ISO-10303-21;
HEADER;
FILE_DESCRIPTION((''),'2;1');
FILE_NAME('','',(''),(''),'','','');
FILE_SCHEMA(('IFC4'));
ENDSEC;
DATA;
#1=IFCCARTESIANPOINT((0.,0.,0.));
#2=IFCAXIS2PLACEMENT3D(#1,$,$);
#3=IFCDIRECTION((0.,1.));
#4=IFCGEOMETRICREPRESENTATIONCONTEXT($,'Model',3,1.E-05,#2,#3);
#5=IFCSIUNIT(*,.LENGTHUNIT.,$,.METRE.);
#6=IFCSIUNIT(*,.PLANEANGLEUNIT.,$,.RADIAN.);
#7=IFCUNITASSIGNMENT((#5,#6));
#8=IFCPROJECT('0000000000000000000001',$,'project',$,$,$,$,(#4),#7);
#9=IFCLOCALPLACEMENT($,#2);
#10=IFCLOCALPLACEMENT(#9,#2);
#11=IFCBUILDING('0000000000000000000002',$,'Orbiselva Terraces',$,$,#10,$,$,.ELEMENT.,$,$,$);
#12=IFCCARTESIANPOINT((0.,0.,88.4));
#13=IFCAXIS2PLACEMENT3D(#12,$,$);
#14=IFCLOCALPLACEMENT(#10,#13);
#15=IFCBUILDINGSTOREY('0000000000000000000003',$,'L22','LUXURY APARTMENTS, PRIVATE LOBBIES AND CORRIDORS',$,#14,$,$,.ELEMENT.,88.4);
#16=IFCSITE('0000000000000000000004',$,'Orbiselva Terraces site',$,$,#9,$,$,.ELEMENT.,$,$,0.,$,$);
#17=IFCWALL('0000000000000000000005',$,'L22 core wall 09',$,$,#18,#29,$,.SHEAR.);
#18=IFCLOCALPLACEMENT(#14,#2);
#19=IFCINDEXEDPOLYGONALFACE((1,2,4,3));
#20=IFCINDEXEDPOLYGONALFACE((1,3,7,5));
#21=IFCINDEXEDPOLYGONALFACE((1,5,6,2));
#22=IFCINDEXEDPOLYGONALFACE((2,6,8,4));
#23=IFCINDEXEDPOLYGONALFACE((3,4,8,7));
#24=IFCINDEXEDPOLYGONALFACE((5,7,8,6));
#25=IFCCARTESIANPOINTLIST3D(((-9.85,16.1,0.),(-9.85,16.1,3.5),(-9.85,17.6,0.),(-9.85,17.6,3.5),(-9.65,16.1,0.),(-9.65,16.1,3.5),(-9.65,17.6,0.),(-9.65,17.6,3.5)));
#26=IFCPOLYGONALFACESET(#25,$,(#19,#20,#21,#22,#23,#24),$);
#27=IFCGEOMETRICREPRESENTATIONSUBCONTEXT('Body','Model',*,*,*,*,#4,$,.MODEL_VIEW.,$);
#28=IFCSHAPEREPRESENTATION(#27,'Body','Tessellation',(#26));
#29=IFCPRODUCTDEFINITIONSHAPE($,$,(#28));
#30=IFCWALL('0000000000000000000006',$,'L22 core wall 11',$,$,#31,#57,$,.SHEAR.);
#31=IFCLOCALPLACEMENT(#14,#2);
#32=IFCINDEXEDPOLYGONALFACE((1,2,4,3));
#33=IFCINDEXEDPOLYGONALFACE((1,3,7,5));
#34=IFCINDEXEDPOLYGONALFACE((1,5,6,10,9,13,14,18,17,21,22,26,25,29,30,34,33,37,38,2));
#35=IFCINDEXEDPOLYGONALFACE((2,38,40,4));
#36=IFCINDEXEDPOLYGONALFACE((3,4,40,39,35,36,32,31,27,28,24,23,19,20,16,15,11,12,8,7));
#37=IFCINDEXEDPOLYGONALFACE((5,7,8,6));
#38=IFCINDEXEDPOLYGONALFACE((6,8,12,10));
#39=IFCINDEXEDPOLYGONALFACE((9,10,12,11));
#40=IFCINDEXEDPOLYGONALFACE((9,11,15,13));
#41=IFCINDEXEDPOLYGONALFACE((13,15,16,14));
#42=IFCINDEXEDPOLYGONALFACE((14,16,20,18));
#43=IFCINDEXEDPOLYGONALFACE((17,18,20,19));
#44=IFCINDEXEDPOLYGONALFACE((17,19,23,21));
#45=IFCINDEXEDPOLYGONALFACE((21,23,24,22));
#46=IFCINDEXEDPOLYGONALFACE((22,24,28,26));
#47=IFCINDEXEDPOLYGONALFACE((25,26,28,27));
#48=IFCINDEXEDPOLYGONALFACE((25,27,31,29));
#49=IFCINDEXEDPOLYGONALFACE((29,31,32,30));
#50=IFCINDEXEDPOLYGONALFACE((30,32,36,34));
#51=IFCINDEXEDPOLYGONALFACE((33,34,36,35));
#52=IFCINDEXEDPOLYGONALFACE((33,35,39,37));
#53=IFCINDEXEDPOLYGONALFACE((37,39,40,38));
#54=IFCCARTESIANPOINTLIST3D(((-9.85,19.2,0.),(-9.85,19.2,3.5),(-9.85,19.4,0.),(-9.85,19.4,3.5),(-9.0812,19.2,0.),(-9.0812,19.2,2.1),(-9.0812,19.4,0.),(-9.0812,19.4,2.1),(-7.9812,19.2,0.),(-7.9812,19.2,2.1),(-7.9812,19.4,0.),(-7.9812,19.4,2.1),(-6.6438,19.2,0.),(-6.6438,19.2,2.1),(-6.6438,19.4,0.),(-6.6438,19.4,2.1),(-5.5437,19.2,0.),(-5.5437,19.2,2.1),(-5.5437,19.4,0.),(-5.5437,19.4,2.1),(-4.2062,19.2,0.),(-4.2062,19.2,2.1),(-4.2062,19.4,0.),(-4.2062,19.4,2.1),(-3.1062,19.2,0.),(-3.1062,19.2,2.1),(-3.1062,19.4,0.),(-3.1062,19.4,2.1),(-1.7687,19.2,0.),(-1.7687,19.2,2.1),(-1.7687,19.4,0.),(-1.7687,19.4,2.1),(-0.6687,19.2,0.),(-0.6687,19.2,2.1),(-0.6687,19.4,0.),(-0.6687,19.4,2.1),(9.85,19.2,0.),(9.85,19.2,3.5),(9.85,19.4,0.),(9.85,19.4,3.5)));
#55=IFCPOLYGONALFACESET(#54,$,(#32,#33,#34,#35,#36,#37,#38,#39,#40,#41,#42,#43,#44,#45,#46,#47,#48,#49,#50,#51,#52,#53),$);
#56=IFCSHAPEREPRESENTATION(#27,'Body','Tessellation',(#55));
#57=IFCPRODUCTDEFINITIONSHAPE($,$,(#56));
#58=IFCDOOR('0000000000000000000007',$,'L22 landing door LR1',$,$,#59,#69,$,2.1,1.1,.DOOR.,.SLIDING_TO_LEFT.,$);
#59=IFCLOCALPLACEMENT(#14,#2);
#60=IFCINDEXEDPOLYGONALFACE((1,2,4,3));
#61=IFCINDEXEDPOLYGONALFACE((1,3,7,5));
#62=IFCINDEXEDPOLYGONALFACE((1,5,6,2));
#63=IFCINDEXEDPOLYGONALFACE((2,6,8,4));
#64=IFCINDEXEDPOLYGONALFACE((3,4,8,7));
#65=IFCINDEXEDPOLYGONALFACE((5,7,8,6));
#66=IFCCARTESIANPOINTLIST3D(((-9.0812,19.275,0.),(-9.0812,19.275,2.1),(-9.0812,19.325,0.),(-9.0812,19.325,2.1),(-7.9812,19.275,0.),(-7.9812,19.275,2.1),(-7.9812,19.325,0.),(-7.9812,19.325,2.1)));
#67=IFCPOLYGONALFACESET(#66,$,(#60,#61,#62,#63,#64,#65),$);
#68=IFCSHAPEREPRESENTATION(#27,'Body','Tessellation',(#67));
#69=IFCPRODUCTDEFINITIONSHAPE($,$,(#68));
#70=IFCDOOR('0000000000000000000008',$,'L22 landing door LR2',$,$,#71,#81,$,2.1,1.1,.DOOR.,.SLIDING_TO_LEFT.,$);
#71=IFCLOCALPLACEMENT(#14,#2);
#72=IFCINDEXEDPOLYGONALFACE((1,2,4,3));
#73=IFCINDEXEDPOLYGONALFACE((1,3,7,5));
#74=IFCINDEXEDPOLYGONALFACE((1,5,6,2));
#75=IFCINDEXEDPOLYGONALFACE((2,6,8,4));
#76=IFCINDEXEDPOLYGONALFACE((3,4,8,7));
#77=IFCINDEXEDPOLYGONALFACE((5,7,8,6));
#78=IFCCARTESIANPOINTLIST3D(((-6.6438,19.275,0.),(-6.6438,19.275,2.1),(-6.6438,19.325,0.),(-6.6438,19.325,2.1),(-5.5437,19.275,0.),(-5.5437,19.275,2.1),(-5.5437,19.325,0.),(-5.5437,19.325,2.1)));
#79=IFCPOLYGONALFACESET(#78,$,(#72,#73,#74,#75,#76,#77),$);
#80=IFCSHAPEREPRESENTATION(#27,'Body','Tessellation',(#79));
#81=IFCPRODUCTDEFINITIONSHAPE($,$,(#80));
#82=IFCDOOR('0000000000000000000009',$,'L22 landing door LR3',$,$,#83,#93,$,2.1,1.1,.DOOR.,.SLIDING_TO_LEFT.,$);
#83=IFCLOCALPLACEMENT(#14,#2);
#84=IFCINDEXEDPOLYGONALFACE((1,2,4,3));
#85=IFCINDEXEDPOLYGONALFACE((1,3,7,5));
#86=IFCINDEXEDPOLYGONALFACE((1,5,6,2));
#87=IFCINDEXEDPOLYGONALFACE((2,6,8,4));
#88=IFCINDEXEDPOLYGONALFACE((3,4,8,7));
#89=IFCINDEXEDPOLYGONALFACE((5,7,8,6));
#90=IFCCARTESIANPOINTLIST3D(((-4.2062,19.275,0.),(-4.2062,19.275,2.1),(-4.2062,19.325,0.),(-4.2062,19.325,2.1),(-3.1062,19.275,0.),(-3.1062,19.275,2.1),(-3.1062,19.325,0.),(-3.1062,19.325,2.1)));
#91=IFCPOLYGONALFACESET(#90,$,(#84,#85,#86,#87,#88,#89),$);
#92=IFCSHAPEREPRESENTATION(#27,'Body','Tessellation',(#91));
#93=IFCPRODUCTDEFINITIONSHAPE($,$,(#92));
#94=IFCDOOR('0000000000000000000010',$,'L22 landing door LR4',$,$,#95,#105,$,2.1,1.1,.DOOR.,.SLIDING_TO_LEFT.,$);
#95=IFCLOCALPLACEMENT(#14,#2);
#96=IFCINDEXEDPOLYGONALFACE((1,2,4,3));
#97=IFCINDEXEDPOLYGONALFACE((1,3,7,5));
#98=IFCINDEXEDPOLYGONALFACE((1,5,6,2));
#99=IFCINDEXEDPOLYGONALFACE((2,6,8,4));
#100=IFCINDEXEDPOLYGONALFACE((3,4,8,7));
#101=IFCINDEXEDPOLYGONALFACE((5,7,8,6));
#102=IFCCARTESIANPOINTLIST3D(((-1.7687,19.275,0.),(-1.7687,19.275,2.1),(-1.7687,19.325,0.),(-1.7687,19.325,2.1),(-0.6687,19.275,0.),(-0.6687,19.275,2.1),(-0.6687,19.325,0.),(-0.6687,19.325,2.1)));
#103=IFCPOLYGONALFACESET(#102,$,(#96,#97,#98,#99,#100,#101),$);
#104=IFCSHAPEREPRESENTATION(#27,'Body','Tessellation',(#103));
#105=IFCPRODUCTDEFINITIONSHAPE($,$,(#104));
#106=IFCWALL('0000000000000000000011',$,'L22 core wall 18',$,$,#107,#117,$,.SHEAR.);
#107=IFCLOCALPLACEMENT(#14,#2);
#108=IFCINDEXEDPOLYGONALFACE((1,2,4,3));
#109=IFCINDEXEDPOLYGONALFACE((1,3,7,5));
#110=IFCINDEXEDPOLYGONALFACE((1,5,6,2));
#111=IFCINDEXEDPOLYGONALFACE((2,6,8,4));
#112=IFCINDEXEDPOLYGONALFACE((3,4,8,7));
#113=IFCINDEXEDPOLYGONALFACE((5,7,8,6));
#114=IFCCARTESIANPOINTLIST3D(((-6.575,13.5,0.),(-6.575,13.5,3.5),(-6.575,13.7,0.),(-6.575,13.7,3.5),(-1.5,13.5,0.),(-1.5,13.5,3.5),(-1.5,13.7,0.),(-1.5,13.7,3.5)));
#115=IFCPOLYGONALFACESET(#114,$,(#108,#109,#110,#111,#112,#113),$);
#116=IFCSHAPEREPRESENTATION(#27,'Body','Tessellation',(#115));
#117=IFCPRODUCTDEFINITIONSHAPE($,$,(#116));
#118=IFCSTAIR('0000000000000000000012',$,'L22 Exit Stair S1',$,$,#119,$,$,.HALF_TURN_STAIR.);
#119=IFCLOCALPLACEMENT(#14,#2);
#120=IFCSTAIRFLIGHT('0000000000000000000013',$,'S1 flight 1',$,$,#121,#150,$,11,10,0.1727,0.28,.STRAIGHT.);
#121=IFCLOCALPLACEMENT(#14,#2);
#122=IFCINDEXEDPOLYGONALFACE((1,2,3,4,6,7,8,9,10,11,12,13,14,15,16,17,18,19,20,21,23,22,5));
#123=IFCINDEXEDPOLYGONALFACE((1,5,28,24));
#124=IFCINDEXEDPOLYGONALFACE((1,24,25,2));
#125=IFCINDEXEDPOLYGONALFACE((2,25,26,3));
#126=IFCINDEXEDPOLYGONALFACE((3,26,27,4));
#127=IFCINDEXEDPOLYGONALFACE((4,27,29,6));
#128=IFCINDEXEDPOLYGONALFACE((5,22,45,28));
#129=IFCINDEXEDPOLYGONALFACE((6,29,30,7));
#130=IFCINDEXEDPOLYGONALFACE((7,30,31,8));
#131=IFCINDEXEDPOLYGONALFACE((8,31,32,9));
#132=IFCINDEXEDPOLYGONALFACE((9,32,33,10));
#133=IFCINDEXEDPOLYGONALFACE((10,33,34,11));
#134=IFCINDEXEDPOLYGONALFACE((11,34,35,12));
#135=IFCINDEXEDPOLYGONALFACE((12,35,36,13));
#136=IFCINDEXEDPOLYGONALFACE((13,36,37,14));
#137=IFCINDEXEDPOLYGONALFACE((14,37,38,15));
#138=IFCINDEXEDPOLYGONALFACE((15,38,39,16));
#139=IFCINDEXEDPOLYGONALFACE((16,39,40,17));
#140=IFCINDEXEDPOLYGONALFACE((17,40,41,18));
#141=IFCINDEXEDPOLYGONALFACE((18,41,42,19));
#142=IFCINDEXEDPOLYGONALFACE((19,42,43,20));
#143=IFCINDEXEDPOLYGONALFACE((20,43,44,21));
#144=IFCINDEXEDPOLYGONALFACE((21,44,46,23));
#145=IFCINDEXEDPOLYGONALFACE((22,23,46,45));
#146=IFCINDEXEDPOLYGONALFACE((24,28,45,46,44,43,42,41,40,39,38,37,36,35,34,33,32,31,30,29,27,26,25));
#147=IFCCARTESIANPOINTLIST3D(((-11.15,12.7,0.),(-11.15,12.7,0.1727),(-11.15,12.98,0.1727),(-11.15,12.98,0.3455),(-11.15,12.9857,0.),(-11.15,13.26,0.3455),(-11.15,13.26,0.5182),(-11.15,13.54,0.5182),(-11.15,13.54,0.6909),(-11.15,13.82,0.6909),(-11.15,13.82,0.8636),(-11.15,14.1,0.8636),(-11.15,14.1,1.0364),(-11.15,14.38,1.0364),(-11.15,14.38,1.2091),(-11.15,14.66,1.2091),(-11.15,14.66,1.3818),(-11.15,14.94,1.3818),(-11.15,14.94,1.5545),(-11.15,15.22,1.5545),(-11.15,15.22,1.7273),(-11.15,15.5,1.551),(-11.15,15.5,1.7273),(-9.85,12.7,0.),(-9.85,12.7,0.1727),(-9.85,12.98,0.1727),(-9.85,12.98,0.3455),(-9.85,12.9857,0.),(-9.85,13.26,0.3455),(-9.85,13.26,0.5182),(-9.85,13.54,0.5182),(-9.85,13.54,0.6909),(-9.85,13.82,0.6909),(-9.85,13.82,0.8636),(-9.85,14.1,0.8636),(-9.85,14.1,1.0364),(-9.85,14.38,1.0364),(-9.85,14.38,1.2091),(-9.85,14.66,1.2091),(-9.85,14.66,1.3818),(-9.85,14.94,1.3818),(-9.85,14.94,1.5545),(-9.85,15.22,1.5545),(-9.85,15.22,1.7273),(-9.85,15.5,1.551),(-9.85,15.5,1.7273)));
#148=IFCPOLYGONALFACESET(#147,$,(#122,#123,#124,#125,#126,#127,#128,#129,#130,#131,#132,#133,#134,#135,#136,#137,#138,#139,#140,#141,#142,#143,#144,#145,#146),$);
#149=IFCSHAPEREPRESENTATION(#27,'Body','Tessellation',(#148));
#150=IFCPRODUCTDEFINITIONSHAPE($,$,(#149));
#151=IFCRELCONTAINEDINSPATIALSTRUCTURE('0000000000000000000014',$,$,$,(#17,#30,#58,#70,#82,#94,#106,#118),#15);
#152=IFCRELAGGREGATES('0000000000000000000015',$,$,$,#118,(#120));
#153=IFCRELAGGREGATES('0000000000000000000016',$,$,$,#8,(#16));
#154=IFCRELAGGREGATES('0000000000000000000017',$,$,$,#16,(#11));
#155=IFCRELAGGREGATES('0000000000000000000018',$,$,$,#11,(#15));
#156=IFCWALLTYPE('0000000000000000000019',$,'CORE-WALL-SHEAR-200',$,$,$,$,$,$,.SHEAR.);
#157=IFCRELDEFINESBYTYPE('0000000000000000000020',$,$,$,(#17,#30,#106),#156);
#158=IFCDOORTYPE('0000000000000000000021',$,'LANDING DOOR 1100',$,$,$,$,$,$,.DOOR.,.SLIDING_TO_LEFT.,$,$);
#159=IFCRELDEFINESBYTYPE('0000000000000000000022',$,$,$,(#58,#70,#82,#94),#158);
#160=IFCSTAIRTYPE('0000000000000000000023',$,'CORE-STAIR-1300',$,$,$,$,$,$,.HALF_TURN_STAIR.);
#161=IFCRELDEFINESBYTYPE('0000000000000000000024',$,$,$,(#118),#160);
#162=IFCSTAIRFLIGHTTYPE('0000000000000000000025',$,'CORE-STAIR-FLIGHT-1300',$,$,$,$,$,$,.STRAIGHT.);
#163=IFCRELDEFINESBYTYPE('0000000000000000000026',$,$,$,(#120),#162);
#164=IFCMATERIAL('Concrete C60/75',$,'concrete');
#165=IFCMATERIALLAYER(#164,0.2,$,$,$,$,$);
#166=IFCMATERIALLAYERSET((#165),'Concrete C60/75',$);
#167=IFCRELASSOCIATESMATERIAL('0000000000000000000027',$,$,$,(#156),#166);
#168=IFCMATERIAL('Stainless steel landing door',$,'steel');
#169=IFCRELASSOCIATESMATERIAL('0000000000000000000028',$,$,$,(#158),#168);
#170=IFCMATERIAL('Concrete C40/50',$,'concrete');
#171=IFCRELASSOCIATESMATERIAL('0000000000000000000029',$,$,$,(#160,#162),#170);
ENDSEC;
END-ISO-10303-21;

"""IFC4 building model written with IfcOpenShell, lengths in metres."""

from ifc_helpers import new_model, si_unit, direction, frame, frame_2d, origin, place, context, subcontext, project, spatial, polyline, rectangle, outline, extrude, material, layer, layer_set, type_object, element, fill, aggregate, save


model = new_model("IFC4")

# Units and contexts
model_context = context("Model", 3, precision=1e-05, world=origin(), true_north=direction((0.0, 1.0)))
body_context = subcontext(model_context, "Body", "Model", "MODEL_VIEW")
ifc_project = project(units=[si_unit("LENGTHUNIT", "METRE"), si_unit("PLANEANGLEUNIT", "RADIAN")], contexts=[model_context])

# Site, building, storey
site_placement = place(None, origin())
site = spatial("IfcSite", under=ifc_project, at=site_placement, Name="Orbiselva Terraces site", CompositionType="ELEMENT", RefElevation=0.0)
building_placement = place(site_placement, origin())
building = spatial("IfcBuilding", under=site, at=building_placement, Name="Orbiselva Terraces", CompositionType="ELEMENT")
storey_placement = place(building_placement, frame((0.0, 0.0, 88.4)))
storey = spatial("IfcBuildingStorey", under=building, at=storey_placement, Name="L22", Description="LUXURY APARTMENTS, PRIVATE LOBBIES AND CORRIDORS", CompositionType="ELEMENT", Elevation=88.4)

# Shared definitions
ifc_material_1 = material(Name="Concrete C40/50", Category="concrete")

# Shared definitions
ifc_material_2 = material(Name="Concrete C60/75", Category="concrete")
ifc_layer_1 = layer(ifc_material_2, 0.2)
ifc_layer_set_1 = layer_set([ifc_layer_1], Name="Concrete C60/75")
wall_type_1 = type_object("IfcWallType", Name="CORE-WALL-SHEAR-200", PredefinedType="SHEAR", material=ifc_layer_set_1)

# Wall
wall_1_placement = place(storey_placement, frame((-9.75, 16.1, 0.0), z_axis=(0.0, 0.0, 1.0), x_axis=(0.0, 1.0, 0.0)))
element("IfcWall", 1, at=wall_1_placement, inside=storey, type_object=wall_type_1, Name="L22 core wall 09", PredefinedType="SHEAR", context=body_context, shape_type="SweptSolid", body=[
    extrude(rectangle(XDim=1.5, YDim=0.2, at=frame_2d((0.75, 0.0))), origin(), (0.0, 0.0, 1.0), 3.5),
])

# Wall, openings, doors
wall_2_placement = place(storey_placement, frame((-9.85, 19.3, 0.0), z_axis=(0.0, 0.0, 1.0), x_axis=(1.0, 0.0, 0.0)))
wall_2 = element("IfcWall", 2, at=wall_2_placement, inside=storey, type_object=wall_type_1, Name="L22 core wall 11", PredefinedType="SHEAR", context=body_context, shape_type="SweptSolid", body=[
    extrude(rectangle(XDim=19.7, YDim=0.2, at=frame_2d((9.85, 0.0))), origin(), (0.0, 0.0, 1.0), 3.5),
])
opening_1_placement = place(wall_2_placement, frame((0.7688, 0.0, 0.0)))
opening_1 = element("IfcOpeningElement", 3, at=opening_1_placement, cuts=wall_2, PredefinedType="OPENING", context=body_context, shape_type="SweptSolid", body=[
    extrude(rectangle(XDim=1.1, YDim=2.1, at=frame_2d((0.55, 1.05))), frame((0.0, 0.11, 0.0), z_axis=(0.0, -1.0, 0.0), x_axis=(1.0, 0.0, 0.0)), (0.0, 0.0, 1.0), 0.22),
])
opening_2_placement = place(wall_2_placement, frame((3.2062, 0.0, 0.0)))
opening_2 = element("IfcOpeningElement", 4, at=opening_2_placement, cuts=wall_2, PredefinedType="OPENING", context=body_context, shape_type="SweptSolid", body=[
    extrude(rectangle(XDim=1.1, YDim=2.1, at=frame_2d((0.55, 1.05))), frame((0.0, 0.11, 0.0), z_axis=(0.0, -1.0, 0.0), x_axis=(1.0, 0.0, 0.0)), (0.0, 0.0, 1.0), 0.22),
])
opening_3_placement = place(wall_2_placement, frame((5.6437, 0.0, 0.0)))
opening_3 = element("IfcOpeningElement", 5, at=opening_3_placement, cuts=wall_2, PredefinedType="OPENING", context=body_context, shape_type="SweptSolid", body=[
    extrude(rectangle(XDim=1.1, YDim=2.1, at=frame_2d((0.55, 1.05))), frame((0.0, 0.11, 0.0), z_axis=(0.0, -1.0, 0.0), x_axis=(1.0, 0.0, 0.0)), (0.0, 0.0, 1.0), 0.22),
])
opening_4_placement = place(wall_2_placement, frame((8.0813, 0.0, 0.0)))
opening_4 = element("IfcOpeningElement", 6, at=opening_4_placement, cuts=wall_2, PredefinedType="OPENING", context=body_context, shape_type="SweptSolid", body=[
    extrude(rectangle(XDim=1.1, YDim=2.1, at=frame_2d((0.55, 1.05))), frame((0.0, 0.11, 0.0), z_axis=(0.0, -1.0, 0.0), x_axis=(1.0, 0.0, 0.0)), (0.0, 0.0, 1.0), 0.22),
])
ifc_material_3 = material(Name="Stainless steel landing door", Category="steel")
door_type_1 = type_object("IfcDoorType", Name="LANDING DOOR 1100", OperationType="SLIDING_TO_LEFT", PredefinedType="DOOR", material=ifc_material_3)
door_1_placement = place(opening_1_placement, origin())
door_1 = element("IfcDoor", 7, at=door_1_placement, inside=storey, type_object=door_type_1, Name="L22 landing door LR1", OperationType="SLIDING_TO_LEFT", OverallHeight=2.1, OverallWidth=1.1, PredefinedType="DOOR", context=body_context, shape_type="SweptSolid", body=[
    extrude(rectangle(XDim=1.1, YDim=2.1, at=frame_2d((0.55, 1.05))), frame((0.0, 0.025, 0.0), z_axis=(0.0, -1.0, 0.0), x_axis=(1.0, 0.0, 0.0)), (0.0, 0.0, 1.0), 0.05),
])
fill(opening_1, door_1)
door_2_placement = place(opening_2_placement, origin())
door_2 = element("IfcDoor", 8, at=door_2_placement, inside=storey, type_object=door_type_1, Name="L22 landing door LR2", OperationType="SLIDING_TO_LEFT", OverallHeight=2.1, OverallWidth=1.1, PredefinedType="DOOR", context=body_context, shape_type="SweptSolid", body=[
    extrude(rectangle(XDim=1.1, YDim=2.1, at=frame_2d((0.55, 1.05))), frame((0.0, 0.025, 0.0), z_axis=(0.0, -1.0, 0.0), x_axis=(1.0, 0.0, 0.0)), (0.0, 0.0, 1.0), 0.05),
])
fill(opening_2, door_2)
door_3_placement = place(opening_3_placement, origin())
door_3 = element("IfcDoor", 9, at=door_3_placement, inside=storey, type_object=door_type_1, Name="L22 landing door LR3", OperationType="SLIDING_TO_LEFT", OverallHeight=2.1, OverallWidth=1.1, PredefinedType="DOOR", context=body_context, shape_type="SweptSolid", body=[
    extrude(rectangle(XDim=1.1, YDim=2.1, at=frame_2d((0.55, 1.05))), frame((0.0, 0.025, 0.0), z_axis=(0.0, -1.0, 0.0), x_axis=(1.0, 0.0, 0.0)), (0.0, 0.0, 1.0), 0.05),
])
fill(opening_3, door_3)
door_4_placement = place(opening_4_placement, origin())
door_4 = element("IfcDoor", 10, at=door_4_placement, inside=storey, type_object=door_type_1, Name="L22 landing door LR4", OperationType="SLIDING_TO_LEFT", OverallHeight=2.1, OverallWidth=1.1, PredefinedType="DOOR", context=body_context, shape_type="SweptSolid", body=[
    extrude(rectangle(XDim=1.1, YDim=2.1, at=frame_2d((0.55, 1.05))), frame((0.0, 0.025, 0.0), z_axis=(0.0, -1.0, 0.0), x_axis=(1.0, 0.0, 0.0)), (0.0, 0.0, 1.0), 0.05),
])
fill(opening_4, door_4)

# Wall
wall_3_placement = place(storey_placement, frame((-6.575, 13.6, 0.0), z_axis=(0.0, 0.0, 1.0), x_axis=(1.0, 0.0, 0.0)))
element("IfcWall", 11, at=wall_3_placement, inside=storey, type_object=wall_type_1, Name="L22 core wall 18", PredefinedType="SHEAR", context=body_context, shape_type="SweptSolid", body=[
    extrude(rectangle(XDim=5.075, YDim=0.2, at=frame_2d((2.5375, 0.0))), origin(), (0.0, 0.0, 1.0), 3.5),
])

# Stair, stair flight
stair_type = type_object("IfcStairType", Name="CORE-STAIR-1300", PredefinedType="HALF_TURN_STAIR", material=ifc_material_1)
stair_placement = place(storey_placement, origin())
stair = element("IfcStair", 12, at=stair_placement, inside=storey, type_object=stair_type, Name="L22 Exit Stair S1", PredefinedType="HALF_TURN_STAIR")
stair_flight_type = type_object("IfcStairFlightType", Name="CORE-STAIR-FLIGHT-1300", PredefinedType="STRAIGHT", material=ifc_material_1)
stair_flight_placement = place(storey_placement, frame((-10.5, 12.7, 0.0), z_axis=(0.0, 0.0, 1.0), x_axis=(0.0, 1.0, 0.0)))
stair_flight = element("IfcStairFlight", 13, at=stair_flight_placement, type_object=stair_flight_type, Name="S1 flight 1", NumberOfRisers=11, NumberOfTreads=10, PredefinedType="STRAIGHT", RiserHeight=0.1727, TreadLength=0.28, context=body_context, shape_type="SweptSolid", body=[
    extrude(outline(polyline([(0.0, 0.0), (0.0, 0.1727), (0.28, 0.1727), (0.28, 0.3455), (0.56, 0.3455), (0.56, 0.5182), (0.84, 0.5182), (0.84, 0.6909), (1.12, 0.6909), (1.12, 0.8636), (1.4, 0.8636), (1.4, 1.0364), (1.68, 1.0364), (1.68, 1.2091), (1.96, 1.2091), (1.96, 1.3818), (2.24, 1.3818), (2.24, 1.5545), (2.52, 1.5545), (2.52, 1.7273), (2.8, 1.7273), (2.8, 1.9), (2.8, 1.551), (0.2857, 0.0), (0.0, 0.0)])), frame((0.0, 0.65, 0.0), z_axis=(0.0, -1.0, 0.0), x_axis=(1.0, 0.0, 0.0)), (0.0, 0.0, 1.0), 1.3),
])
aggregate(stair, [stair_flight])

save(model, "model.ifc")
